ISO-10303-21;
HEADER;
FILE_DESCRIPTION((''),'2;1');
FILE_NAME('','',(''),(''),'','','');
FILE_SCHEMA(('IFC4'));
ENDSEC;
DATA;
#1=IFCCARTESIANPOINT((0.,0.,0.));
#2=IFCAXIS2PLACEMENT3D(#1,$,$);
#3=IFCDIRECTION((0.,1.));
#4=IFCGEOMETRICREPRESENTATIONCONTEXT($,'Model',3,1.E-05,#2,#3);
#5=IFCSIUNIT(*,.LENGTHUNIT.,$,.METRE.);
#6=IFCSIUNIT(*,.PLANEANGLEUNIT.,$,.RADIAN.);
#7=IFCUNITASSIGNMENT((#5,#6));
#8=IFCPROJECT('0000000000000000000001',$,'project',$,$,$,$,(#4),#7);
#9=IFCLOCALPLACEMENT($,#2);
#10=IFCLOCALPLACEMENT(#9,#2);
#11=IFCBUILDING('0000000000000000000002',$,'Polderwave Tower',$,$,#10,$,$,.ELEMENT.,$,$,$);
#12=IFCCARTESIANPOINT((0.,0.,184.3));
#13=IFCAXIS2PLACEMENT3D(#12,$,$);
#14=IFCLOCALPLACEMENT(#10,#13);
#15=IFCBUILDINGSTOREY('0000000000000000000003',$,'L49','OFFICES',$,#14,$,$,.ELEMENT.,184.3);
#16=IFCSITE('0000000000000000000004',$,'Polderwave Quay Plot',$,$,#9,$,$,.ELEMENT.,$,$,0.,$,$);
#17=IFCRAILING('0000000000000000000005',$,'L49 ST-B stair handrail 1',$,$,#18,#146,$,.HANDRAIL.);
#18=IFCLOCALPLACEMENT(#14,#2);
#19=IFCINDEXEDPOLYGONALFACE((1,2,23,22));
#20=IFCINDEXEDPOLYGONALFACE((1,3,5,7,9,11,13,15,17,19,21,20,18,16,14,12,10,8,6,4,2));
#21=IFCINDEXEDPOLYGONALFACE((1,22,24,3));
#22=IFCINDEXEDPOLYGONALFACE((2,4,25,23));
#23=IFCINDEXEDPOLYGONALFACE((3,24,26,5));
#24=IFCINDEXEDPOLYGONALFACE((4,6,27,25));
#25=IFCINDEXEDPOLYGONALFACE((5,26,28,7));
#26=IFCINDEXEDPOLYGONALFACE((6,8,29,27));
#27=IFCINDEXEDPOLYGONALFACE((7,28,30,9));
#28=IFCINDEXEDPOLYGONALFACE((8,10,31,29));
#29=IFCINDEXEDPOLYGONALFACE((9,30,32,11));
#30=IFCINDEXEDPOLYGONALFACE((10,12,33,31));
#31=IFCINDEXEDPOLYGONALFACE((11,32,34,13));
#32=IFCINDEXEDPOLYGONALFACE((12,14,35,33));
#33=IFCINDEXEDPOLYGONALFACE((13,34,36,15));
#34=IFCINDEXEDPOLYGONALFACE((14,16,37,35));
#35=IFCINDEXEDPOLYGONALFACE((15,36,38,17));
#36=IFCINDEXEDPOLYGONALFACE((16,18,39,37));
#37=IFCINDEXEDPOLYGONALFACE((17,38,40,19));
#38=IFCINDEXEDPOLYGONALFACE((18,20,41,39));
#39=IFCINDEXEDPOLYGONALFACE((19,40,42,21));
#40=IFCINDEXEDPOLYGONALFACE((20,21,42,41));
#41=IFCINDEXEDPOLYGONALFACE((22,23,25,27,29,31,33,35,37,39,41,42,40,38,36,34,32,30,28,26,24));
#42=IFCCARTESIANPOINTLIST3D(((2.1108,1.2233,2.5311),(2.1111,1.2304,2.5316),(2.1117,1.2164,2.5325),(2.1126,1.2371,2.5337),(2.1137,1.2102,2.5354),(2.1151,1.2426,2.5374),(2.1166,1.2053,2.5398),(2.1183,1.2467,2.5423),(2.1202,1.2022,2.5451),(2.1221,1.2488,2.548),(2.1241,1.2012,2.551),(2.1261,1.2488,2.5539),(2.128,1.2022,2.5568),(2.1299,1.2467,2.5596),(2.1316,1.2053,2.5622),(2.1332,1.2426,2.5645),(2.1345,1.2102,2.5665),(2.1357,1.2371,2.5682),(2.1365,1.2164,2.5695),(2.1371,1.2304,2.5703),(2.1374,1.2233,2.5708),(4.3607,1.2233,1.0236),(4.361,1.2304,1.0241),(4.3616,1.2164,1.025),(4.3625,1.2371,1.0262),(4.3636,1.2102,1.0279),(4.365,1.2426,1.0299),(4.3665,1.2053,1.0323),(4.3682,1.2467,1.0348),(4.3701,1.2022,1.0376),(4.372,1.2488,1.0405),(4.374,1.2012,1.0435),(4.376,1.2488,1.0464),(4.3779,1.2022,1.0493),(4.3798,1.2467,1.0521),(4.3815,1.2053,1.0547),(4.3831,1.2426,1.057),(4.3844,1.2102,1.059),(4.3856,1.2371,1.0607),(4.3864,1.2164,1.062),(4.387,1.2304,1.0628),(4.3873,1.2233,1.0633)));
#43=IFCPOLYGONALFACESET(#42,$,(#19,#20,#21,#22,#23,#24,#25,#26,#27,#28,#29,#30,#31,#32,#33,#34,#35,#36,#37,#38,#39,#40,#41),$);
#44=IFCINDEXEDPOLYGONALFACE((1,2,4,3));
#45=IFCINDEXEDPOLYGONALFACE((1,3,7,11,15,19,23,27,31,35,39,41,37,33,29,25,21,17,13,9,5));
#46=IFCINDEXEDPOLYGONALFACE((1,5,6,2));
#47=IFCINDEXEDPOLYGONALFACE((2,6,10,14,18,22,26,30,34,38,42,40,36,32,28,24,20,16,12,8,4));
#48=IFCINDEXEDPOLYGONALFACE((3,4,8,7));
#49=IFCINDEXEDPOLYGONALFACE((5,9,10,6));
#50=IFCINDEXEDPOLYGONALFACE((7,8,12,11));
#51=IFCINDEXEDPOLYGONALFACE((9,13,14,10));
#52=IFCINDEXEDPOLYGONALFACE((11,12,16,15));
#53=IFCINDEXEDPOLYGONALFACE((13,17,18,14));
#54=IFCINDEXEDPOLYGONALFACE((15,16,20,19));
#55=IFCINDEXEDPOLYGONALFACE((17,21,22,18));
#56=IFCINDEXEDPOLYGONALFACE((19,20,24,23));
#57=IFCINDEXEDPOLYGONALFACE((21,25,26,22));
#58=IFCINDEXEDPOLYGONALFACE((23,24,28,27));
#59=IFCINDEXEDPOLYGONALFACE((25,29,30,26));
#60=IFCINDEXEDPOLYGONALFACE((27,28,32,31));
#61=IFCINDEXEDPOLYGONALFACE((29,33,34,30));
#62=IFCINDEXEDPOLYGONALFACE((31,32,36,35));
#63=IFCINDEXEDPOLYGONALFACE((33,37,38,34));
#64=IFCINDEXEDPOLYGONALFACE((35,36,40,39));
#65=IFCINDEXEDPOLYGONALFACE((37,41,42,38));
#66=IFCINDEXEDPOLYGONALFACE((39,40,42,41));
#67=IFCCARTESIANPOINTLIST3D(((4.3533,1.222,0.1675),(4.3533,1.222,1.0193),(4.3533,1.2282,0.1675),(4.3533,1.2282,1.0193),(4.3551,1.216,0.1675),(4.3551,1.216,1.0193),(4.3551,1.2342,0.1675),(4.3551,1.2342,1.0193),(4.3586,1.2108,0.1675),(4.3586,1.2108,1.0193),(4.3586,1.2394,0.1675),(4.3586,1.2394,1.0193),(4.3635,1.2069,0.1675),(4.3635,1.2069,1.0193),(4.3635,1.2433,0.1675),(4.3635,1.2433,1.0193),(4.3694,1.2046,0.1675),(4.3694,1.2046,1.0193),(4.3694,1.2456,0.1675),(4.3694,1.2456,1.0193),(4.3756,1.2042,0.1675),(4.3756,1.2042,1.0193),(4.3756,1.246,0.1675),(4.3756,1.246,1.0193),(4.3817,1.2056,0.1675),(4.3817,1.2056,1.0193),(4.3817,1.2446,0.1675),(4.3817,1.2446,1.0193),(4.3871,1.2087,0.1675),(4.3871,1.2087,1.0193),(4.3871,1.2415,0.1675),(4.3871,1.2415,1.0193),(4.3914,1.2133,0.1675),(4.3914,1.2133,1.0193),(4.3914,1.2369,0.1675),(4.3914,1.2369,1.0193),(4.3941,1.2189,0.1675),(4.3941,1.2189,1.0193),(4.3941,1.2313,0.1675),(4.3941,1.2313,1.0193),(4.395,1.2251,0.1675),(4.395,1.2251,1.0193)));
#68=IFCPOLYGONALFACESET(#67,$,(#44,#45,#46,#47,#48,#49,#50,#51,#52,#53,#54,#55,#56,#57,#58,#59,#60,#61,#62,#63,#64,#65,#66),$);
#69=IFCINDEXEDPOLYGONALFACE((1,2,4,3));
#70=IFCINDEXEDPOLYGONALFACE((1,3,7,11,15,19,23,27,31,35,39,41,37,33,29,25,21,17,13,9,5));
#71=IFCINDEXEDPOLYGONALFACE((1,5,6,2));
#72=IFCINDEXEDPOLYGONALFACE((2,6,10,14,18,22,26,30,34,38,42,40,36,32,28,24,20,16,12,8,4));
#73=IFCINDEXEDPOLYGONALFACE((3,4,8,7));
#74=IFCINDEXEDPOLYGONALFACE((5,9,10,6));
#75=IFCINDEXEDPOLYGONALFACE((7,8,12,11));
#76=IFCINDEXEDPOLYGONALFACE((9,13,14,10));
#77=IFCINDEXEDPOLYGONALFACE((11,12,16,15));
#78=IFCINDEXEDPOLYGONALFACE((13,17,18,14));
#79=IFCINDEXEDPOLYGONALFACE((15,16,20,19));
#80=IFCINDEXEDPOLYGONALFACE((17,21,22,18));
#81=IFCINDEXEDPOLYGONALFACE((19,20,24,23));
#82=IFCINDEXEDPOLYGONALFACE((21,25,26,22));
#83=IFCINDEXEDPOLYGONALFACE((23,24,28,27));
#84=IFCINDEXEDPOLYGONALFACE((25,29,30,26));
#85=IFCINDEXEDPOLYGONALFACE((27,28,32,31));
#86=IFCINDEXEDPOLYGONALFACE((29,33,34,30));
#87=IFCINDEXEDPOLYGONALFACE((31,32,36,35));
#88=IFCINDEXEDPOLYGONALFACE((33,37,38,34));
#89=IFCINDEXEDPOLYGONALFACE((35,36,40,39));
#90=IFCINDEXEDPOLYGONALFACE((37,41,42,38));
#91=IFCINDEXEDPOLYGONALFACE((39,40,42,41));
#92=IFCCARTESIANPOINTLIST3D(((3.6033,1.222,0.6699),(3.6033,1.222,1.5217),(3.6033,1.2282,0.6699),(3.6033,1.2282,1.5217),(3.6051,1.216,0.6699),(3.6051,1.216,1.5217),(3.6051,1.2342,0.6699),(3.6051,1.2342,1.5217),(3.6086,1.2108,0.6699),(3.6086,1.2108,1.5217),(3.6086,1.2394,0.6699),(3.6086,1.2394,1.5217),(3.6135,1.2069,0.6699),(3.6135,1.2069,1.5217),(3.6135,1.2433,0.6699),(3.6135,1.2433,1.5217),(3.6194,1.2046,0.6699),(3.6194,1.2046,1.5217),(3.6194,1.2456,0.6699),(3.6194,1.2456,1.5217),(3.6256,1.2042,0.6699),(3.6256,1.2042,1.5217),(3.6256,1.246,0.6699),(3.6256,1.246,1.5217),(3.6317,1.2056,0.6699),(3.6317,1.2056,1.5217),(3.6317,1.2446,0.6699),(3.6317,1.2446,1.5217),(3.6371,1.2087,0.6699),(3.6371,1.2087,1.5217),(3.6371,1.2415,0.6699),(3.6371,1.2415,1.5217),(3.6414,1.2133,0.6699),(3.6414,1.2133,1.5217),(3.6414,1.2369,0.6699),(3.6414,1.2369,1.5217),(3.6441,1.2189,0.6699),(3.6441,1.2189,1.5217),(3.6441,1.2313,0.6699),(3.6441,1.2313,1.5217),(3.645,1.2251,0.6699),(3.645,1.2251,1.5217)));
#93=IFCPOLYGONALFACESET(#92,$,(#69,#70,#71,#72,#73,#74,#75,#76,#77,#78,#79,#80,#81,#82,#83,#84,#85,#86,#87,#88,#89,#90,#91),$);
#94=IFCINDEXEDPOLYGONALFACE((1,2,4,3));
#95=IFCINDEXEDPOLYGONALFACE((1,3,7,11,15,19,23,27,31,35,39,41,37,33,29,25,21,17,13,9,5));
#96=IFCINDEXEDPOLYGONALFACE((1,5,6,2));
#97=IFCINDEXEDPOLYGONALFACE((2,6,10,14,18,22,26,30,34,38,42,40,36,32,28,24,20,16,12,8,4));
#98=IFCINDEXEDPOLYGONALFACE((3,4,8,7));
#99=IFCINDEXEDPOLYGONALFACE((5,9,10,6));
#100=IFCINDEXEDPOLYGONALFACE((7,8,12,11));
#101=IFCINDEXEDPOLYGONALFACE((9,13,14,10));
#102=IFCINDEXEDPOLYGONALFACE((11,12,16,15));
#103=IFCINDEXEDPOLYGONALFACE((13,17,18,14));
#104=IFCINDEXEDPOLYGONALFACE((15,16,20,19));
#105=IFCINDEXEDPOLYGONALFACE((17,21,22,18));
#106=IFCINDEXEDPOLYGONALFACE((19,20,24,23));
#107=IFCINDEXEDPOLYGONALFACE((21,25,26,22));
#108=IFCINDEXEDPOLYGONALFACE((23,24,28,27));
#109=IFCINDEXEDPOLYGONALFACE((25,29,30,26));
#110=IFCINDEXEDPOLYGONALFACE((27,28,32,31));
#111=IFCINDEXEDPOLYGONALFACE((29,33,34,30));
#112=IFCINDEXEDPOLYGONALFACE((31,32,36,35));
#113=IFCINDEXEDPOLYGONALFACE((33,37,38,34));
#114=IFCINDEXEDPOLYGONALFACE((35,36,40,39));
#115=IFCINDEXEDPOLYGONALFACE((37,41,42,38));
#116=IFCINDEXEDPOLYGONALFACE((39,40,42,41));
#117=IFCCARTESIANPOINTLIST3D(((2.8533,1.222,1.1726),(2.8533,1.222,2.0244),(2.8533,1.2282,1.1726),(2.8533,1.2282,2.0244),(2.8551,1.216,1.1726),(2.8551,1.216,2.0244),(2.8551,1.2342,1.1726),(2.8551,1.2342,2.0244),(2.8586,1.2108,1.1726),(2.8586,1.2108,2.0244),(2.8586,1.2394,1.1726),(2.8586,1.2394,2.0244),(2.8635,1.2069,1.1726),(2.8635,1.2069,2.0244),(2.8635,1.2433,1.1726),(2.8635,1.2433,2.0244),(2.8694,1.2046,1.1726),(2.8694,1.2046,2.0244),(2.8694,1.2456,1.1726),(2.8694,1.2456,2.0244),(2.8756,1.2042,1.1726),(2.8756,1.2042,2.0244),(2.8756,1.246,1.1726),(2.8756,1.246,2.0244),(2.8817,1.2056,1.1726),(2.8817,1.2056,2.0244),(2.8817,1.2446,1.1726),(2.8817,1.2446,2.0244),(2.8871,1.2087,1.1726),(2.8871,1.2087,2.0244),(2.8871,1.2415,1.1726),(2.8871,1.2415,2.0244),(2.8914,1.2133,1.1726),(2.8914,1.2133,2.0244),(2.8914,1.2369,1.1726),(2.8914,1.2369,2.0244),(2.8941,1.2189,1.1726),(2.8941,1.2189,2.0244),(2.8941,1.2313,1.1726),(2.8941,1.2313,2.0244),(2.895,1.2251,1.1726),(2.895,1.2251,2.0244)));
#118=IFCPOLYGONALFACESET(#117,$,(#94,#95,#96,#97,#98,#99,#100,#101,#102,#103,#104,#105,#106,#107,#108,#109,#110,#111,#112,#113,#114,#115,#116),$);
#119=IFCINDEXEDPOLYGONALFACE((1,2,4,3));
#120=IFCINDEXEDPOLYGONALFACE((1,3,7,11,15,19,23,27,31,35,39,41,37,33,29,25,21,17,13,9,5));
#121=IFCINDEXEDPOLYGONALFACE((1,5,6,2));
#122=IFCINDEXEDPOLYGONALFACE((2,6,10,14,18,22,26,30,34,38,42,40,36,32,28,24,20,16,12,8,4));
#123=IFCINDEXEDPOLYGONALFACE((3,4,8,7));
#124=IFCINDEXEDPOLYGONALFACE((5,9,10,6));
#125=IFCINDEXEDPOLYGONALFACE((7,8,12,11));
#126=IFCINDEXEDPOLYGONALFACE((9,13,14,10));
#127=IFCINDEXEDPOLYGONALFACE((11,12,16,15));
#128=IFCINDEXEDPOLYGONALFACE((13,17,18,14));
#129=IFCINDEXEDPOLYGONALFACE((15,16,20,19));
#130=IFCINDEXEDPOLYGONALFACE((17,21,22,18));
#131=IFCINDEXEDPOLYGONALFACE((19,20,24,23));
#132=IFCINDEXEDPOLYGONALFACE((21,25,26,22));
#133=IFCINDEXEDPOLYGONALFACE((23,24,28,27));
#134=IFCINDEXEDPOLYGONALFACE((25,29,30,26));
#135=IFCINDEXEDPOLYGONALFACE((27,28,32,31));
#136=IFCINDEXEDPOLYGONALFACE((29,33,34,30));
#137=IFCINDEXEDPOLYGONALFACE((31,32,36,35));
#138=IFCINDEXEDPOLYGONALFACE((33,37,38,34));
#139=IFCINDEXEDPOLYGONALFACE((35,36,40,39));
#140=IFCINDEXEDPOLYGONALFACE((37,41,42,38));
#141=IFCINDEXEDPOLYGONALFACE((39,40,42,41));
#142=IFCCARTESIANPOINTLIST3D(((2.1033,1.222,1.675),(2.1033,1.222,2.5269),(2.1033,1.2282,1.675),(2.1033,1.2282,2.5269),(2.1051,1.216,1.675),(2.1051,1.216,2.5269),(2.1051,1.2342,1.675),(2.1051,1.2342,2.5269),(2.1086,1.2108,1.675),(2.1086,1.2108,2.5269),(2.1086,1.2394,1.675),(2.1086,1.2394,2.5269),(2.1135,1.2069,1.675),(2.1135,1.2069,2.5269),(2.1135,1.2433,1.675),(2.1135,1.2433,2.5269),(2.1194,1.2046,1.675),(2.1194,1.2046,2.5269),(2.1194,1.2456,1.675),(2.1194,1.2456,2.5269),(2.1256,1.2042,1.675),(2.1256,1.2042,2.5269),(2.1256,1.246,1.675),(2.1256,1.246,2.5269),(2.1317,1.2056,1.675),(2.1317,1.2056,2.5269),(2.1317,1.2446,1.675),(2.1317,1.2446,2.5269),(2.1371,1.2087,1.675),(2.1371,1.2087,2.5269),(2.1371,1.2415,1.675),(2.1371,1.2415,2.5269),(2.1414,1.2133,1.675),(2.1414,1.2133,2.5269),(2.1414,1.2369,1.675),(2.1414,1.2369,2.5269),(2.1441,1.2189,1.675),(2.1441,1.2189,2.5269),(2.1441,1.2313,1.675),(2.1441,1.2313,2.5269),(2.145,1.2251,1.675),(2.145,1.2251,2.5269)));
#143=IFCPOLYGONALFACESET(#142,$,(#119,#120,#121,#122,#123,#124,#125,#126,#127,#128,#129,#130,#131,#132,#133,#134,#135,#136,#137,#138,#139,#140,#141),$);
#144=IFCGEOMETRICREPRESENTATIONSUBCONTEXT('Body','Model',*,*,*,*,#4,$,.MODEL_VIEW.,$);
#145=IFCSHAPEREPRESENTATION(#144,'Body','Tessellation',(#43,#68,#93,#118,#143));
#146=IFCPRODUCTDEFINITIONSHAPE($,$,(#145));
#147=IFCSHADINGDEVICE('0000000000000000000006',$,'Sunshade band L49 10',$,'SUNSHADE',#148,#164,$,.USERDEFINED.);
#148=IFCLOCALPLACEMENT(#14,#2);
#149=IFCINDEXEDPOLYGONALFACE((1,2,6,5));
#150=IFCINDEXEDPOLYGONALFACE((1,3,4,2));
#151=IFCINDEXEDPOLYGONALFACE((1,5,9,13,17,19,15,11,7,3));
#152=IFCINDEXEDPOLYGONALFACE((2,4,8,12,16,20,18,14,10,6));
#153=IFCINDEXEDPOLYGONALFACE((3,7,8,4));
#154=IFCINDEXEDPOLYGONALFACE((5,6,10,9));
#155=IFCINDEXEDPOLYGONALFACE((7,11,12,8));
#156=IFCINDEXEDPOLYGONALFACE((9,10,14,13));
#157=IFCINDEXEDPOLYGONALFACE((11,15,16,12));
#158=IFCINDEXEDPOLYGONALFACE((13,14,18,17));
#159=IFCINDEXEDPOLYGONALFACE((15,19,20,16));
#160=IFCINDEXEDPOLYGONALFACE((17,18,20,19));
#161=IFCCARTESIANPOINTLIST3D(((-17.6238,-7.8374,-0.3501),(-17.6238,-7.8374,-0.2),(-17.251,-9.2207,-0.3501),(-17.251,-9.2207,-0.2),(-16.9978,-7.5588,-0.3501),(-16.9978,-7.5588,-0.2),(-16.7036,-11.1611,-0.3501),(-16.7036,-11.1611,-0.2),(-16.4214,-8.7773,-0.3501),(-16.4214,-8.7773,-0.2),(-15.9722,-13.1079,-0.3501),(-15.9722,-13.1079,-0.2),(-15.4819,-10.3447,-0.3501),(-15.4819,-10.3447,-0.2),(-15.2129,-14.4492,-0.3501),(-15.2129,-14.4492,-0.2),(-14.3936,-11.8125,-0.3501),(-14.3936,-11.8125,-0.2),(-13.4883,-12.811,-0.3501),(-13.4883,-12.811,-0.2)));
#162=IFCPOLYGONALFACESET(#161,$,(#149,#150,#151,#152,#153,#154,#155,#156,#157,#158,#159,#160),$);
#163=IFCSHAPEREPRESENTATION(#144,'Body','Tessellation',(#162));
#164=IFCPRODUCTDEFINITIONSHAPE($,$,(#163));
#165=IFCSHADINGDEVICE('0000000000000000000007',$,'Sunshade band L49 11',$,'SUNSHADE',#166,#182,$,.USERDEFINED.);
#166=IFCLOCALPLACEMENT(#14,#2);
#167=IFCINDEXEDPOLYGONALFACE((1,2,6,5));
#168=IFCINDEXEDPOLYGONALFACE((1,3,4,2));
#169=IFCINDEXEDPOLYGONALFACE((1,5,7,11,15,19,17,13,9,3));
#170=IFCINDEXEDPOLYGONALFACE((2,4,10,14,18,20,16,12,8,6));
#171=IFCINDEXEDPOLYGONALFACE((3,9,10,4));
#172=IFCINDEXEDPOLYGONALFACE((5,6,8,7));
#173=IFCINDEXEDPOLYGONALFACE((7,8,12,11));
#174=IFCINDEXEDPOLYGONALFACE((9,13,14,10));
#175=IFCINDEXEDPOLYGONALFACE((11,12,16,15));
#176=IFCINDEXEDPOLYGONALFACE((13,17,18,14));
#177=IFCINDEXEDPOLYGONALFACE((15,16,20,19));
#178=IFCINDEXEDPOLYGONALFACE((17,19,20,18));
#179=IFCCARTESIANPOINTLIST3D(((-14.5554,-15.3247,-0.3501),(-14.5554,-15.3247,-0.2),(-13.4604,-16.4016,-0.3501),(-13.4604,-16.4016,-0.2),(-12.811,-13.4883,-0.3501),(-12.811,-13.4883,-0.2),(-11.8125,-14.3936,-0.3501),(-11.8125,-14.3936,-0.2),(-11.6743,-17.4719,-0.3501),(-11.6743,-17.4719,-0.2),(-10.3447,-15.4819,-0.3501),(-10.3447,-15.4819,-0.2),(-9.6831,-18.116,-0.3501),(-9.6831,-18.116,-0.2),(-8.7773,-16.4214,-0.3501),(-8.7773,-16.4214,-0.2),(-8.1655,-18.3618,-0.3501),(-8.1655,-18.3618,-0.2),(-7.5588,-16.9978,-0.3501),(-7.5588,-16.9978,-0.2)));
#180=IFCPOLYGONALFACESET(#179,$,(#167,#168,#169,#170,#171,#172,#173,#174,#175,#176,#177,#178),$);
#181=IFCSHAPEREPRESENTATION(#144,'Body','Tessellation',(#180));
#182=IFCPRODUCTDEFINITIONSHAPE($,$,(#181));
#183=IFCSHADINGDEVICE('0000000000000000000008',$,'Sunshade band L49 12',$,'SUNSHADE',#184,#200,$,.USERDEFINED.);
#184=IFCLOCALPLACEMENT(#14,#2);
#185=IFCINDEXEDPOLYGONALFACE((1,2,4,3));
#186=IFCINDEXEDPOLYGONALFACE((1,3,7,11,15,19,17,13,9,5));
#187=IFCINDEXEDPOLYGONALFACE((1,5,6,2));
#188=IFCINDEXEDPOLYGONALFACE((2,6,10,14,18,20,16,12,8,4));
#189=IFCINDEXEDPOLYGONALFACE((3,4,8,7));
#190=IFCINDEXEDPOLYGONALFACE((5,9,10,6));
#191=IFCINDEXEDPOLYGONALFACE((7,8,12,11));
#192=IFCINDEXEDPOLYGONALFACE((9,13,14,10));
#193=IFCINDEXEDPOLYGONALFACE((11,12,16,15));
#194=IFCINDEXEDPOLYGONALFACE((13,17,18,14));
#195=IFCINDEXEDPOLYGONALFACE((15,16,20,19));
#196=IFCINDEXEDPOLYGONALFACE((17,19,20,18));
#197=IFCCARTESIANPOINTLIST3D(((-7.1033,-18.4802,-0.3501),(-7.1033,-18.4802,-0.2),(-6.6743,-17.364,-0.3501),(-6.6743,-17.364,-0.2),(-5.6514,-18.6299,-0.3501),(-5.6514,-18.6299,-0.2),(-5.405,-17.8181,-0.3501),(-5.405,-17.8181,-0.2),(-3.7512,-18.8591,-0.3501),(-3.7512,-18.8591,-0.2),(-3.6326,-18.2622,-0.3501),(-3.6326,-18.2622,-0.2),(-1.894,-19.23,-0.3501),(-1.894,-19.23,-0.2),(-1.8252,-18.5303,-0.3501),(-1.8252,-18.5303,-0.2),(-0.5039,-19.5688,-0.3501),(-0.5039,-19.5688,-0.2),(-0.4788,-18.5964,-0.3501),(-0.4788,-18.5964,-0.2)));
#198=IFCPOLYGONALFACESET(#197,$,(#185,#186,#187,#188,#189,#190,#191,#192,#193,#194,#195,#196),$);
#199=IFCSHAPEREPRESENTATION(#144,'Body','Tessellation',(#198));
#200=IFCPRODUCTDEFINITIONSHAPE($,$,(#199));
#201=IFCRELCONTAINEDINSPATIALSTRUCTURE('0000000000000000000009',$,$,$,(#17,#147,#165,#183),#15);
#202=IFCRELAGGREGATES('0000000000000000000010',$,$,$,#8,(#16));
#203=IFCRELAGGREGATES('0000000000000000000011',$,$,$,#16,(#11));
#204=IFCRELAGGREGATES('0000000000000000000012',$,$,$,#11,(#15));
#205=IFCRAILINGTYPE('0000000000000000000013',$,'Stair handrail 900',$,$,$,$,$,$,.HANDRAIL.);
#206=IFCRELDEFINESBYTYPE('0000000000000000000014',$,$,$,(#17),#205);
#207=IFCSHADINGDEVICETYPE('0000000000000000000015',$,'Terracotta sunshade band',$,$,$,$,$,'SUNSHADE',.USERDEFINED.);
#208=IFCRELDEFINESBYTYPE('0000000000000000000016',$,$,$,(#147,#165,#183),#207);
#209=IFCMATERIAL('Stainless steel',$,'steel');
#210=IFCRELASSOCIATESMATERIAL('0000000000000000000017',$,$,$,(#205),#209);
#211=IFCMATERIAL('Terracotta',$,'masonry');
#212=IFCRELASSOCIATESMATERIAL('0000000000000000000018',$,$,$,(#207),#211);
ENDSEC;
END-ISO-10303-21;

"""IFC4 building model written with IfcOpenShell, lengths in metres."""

from ifc_helpers import new_model, si_unit, direction, frame, origin, origin_2d, place, context, subcontext, project, spatial, polyline, circle, outline, extrude, material, type_object, element, save


model = new_model("IFC4")

# Units and contexts
model_context = context("Model", 3, precision=1e-05, world=origin(), true_north=direction((0.0, 1.0)))
body_context = subcontext(model_context, "Body", "Model", "MODEL_VIEW")
ifc_project = project(units=[si_unit("LENGTHUNIT", "METRE"), si_unit("PLANEANGLEUNIT", "RADIAN")], contexts=[model_context])

# Site, building, storey
site_placement = place(None, origin())
site = spatial("IfcSite", under=ifc_project, at=site_placement, Name="Polderwave Quay Plot", CompositionType="ELEMENT", RefElevation=0.0)
building_placement = place(site_placement, origin())
building = spatial("IfcBuilding", under=site, at=building_placement, Name="Polderwave Tower", CompositionType="ELEMENT")
storey_placement = place(building_placement, frame((0.0, 0.0, 184.3)))
storey = spatial("IfcBuildingStorey", under=building, at=storey_placement, Name="L49", Description="OFFICES", CompositionType="ELEMENT", Elevation=184.3)

# Railing
ifc_material_1 = material(Name="Stainless steel", Category="steel")
railing_type_1 = type_object("IfcRailingType", Name="Stair handrail 900", PredefinedType="HANDRAIL", material=ifc_material_1)
railing_1_placement = place(storey_placement, frame((4.374, 1.2251, 0.1675)))
element("IfcRailing", 1, at=railing_1_placement, inside=storey, type_object=railing_type_1, Name="L49 ST-B stair handrail 1", PredefinedType="HANDRAIL", context=body_context, shape_type="SweptSolid", body=[
    extrude(circle(Radius=0.0239, at=origin_2d()), frame((0.0, 0.0, 0.876), z_axis=(-0.830758, 0.0, 0.556633), x_axis=(0.0, -1.0, 0.0)), (0.0, 0.0, 1.0), 2.7083),
    extrude(circle(Radius=0.021, at=origin_2d()), origin(), (0.0, 0.0, 1.0), 0.8518),
    extrude(circle(Radius=0.021, at=origin_2d()), frame((-0.75, 0.0, 0.5024)), (0.0, 0.0, 1.0), 0.8518),
    extrude(circle(Radius=0.021, at=origin_2d()), frame((-1.5, 0.0, 1.0051)), (0.0, 0.0, 1.0), 0.8518),
    extrude(circle(Radius=0.021, at=origin_2d()), frame((-2.25, 0.0, 1.5076)), (0.0, 0.0, 1.0), 0.8518),
])

# Shading devices
ifc_material_2 = material(Name="Terracotta", Category="masonry")
shading_device_type = type_object("IfcShadingDeviceType", Name="Terracotta sunshade band", ElementType="SUNSHADE", PredefinedType="USERDEFINED", material=ifc_material_2)
shading_device_1_placement = place(storey_placement, frame((0.0, 0.0, -0.3501)))
element("IfcShadingDevice", 2, at=shading_device_1_placement, inside=storey, type_object=shading_device_type, Name="Sunshade band L49 10", ObjectType="SUNSHADE", PredefinedType="USERDEFINED", context=body_context, shape_type="SweptSolid", body=[
    extrude(outline(polyline([(-16.9978, -7.5588), (-16.4214, -8.7773), (-15.4819, -10.3447), (-14.3936, -11.8125), (-13.4883, -12.811), (-15.2129, -14.4492), (-15.9722, -13.1079), (-16.7036, -11.1611), (-17.251, -9.2207), (-17.6238, -7.8374), (-16.9978, -7.5588)])), origin(), (0.0, 0.0, 1.0), 0.1501),
])
shading_device_2_placement = place(storey_placement, frame((0.0, 0.0, -0.3501)))
element("IfcShadingDevice", 3, at=shading_device_2_placement, inside=storey, type_object=shading_device_type, Name="Sunshade band L49 11", ObjectType="SUNSHADE", PredefinedType="USERDEFINED", context=body_context, shape_type="SweptSolid", body=[
    extrude(outline(polyline([(-12.811, -13.4883), (-11.8125, -14.3936), (-10.3447, -15.4819), (-8.7773, -16.4214), (-7.5588, -16.9978), (-8.1655, -18.3618), (-9.6831, -18.116), (-11.6743, -17.4719), (-13.4604, -16.4016), (-14.5554, -15.3247), (-12.811, -13.4883)])), origin(), (0.0, 0.0, 1.0), 0.1501),
])
shading_device_3_placement = place(storey_placement, frame((0.0, 0.0, -0.3501)))
element("IfcShadingDevice", 4, at=shading_device_3_placement, inside=storey, type_object=shading_device_type, Name="Sunshade band L49 12", ObjectType="SUNSHADE", PredefinedType="USERDEFINED", context=body_context, shape_type="SweptSolid", body=[
    extrude(outline(polyline([(-6.6743, -17.364), (-5.405, -17.8181), (-3.6326, -18.2622), (-1.8252, -18.5303), (-0.4788, -18.5964), (-0.5039, -19.5688), (-1.894, -19.23), (-3.7512, -18.8591), (-5.6514, -18.6299), (-7.1033, -18.4802), (-6.6743, -17.364)])), origin(), (0.0, 0.0, 1.0), 0.1501),
])

save(model, "model.ifc")
